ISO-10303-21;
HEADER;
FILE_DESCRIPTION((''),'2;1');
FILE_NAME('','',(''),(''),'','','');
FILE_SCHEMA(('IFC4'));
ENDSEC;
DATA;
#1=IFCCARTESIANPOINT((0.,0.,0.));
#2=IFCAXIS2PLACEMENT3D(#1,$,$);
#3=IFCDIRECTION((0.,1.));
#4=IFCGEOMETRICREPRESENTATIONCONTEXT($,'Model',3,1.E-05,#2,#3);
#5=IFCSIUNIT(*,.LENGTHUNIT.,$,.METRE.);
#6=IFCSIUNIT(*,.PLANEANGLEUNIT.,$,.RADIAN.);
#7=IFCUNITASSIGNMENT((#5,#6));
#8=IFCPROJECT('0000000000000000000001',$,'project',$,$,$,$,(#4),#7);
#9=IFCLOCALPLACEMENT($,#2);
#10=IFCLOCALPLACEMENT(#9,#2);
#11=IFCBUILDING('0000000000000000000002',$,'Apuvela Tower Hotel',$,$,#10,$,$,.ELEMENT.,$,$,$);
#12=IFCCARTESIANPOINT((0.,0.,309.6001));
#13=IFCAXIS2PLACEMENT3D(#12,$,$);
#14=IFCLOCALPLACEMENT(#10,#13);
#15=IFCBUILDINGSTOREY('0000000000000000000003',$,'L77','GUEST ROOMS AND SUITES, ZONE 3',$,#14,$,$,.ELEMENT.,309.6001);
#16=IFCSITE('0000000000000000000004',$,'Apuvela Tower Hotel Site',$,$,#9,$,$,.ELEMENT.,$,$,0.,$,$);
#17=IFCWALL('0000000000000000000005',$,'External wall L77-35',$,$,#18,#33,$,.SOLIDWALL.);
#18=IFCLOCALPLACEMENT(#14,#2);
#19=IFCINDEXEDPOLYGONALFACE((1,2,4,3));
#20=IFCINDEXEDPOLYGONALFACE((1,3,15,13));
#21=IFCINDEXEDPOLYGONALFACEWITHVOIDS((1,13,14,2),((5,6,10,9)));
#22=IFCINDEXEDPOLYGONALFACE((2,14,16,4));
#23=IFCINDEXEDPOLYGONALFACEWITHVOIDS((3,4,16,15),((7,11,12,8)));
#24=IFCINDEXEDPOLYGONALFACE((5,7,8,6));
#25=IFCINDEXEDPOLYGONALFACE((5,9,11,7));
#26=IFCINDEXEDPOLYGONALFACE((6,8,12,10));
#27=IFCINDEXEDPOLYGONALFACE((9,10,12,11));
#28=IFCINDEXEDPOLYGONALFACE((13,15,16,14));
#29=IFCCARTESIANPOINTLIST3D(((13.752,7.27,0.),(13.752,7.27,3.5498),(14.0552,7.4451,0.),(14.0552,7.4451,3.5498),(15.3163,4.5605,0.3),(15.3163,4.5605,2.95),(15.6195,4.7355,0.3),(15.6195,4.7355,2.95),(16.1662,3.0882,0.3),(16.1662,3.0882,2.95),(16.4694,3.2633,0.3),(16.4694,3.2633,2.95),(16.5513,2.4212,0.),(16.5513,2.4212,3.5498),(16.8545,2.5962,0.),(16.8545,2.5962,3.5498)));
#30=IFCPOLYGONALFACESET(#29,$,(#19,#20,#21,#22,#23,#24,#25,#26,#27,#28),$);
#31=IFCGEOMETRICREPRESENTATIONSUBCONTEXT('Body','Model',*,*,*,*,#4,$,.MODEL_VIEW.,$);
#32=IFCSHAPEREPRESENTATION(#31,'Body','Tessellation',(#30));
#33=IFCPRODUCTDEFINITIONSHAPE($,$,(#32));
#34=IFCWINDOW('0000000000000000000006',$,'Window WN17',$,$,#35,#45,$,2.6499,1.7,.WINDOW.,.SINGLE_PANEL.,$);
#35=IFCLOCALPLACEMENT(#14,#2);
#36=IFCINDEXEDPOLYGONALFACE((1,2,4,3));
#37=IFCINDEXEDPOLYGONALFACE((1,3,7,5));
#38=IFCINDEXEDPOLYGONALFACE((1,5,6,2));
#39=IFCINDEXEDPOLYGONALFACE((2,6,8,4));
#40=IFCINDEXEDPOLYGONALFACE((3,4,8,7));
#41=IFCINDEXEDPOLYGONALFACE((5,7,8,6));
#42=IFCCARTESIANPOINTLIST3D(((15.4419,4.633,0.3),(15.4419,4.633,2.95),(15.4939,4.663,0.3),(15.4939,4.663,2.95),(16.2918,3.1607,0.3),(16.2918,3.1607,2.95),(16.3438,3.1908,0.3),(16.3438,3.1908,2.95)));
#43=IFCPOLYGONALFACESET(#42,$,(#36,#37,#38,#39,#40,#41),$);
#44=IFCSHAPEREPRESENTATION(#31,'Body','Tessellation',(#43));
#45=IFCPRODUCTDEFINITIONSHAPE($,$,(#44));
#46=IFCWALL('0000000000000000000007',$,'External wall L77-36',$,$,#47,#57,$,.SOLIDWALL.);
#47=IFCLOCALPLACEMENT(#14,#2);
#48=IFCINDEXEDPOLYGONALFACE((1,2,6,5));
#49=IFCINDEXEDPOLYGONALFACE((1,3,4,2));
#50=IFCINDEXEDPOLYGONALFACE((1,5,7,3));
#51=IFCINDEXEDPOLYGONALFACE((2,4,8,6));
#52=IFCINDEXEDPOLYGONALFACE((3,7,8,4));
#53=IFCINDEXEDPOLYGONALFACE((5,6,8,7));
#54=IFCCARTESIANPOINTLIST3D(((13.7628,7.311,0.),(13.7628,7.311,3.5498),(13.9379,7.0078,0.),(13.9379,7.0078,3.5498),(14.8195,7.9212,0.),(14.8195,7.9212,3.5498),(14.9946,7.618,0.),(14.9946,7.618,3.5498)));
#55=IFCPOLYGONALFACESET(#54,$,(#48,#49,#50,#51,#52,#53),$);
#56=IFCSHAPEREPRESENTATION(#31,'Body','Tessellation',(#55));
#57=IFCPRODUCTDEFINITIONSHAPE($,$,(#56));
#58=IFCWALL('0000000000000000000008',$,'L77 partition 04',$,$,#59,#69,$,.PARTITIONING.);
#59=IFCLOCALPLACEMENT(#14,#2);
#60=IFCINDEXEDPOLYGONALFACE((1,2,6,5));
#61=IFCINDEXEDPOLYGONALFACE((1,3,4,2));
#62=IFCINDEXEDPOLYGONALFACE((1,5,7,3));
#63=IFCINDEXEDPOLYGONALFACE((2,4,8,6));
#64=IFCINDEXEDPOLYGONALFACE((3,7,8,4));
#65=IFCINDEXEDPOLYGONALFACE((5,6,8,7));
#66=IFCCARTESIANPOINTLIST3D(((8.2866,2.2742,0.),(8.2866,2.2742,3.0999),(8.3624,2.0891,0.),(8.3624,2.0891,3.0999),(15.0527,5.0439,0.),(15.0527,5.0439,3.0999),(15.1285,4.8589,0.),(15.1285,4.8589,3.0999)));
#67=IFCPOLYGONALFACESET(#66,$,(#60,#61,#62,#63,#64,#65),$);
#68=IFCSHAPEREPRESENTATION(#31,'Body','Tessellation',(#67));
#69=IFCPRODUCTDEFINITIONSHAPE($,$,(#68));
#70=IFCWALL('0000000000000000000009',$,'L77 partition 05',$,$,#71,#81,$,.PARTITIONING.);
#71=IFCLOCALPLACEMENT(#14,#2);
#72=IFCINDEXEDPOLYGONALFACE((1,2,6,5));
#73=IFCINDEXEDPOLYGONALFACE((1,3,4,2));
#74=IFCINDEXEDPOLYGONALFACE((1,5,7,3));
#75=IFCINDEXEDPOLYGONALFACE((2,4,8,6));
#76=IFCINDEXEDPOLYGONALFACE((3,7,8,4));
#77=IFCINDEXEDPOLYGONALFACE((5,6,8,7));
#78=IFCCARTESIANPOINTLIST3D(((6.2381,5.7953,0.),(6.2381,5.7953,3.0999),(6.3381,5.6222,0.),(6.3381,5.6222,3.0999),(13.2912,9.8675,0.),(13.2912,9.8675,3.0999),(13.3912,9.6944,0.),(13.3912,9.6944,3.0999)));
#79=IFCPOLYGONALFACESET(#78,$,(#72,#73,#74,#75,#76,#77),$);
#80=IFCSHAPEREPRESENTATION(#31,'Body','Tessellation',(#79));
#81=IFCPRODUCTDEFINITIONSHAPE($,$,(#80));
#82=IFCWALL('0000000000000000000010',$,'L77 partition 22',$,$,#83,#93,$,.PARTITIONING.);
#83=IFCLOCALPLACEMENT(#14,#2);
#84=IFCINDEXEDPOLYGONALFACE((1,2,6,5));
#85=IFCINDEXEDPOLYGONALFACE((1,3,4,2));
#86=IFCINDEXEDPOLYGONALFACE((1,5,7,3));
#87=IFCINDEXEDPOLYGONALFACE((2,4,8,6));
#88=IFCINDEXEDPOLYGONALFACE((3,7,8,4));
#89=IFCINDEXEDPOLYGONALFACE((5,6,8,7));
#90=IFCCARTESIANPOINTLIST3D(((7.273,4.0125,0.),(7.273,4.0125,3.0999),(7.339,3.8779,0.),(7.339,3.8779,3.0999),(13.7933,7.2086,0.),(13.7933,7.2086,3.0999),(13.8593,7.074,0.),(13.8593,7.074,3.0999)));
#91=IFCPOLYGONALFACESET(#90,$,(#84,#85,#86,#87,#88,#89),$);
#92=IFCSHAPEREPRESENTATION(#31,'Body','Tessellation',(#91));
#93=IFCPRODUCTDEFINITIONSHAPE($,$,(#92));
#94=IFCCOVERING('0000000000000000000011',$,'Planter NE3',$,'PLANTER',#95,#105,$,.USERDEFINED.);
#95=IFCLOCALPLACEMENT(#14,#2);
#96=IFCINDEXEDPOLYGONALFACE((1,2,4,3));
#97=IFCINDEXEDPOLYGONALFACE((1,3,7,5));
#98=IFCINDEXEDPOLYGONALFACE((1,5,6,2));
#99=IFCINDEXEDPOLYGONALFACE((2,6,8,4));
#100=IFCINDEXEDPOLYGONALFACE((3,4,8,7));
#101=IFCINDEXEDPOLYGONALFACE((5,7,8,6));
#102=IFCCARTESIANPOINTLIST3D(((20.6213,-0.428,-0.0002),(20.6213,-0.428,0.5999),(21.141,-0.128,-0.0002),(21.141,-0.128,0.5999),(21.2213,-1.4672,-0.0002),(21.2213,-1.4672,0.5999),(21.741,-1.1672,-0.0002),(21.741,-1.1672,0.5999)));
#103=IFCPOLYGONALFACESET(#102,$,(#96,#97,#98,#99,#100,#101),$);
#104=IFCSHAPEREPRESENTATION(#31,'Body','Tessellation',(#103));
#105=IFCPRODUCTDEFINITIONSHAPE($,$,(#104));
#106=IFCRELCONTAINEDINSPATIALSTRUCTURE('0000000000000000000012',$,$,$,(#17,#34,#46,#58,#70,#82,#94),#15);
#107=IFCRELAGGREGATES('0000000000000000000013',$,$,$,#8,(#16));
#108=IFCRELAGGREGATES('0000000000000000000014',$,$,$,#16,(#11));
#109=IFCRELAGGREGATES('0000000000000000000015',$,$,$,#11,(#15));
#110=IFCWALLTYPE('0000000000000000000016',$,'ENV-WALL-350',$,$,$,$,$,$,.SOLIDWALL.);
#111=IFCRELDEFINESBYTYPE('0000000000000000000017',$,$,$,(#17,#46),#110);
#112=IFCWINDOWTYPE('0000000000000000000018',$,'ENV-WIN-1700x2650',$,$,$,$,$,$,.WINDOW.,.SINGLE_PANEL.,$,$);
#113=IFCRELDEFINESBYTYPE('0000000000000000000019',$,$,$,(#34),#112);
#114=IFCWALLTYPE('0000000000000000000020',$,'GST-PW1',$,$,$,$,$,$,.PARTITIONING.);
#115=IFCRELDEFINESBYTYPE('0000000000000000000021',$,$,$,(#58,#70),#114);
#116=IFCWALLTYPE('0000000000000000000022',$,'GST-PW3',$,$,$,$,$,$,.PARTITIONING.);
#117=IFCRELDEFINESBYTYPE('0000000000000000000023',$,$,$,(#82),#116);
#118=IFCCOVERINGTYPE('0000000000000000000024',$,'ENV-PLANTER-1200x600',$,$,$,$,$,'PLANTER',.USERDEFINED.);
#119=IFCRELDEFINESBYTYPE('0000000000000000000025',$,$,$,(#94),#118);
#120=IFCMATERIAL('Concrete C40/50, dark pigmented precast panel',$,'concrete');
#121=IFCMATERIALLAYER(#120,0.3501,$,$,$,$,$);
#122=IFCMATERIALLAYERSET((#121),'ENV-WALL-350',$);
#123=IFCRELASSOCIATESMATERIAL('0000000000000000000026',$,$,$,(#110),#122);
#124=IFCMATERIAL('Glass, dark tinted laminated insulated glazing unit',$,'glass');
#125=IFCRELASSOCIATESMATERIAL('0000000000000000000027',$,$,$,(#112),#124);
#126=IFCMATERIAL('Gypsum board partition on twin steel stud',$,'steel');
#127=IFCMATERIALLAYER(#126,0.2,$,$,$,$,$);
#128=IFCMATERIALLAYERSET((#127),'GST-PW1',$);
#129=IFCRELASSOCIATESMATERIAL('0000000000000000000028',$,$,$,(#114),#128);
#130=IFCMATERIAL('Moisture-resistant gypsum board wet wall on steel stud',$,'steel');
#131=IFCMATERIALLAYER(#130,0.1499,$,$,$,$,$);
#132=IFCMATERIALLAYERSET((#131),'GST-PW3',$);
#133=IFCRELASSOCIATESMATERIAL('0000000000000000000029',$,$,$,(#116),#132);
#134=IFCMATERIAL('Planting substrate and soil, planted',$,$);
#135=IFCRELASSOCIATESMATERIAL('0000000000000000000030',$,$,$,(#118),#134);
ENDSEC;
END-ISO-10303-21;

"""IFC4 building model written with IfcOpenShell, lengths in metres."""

from ifc_helpers import new_model, si_unit, direction, frame, frame_2d, origin, origin_2d, place, context, subcontext, project, spatial, rectangle, extrude, material, layer, layer_set, type_object, element, fill, save


model = new_model("IFC4")

# Units and contexts
model_context = context("Model", 3, precision=1e-05, world=origin(), true_north=direction((0.0, 1.0)))
body_context = subcontext(model_context, "Body", "Model", "MODEL_VIEW")
ifc_project = project(units=[si_unit("LENGTHUNIT", "METRE"), si_unit("PLANEANGLEUNIT", "RADIAN")], contexts=[model_context])

# Site, building, storey
site_placement = place(None, origin())
site = spatial("IfcSite", under=ifc_project, at=site_placement, Name="Apuvela Tower Hotel Site", CompositionType="ELEMENT", RefElevation=0.0)
building_placement = place(site_placement, origin())
building = spatial("IfcBuilding", under=site, at=building_placement, Name="Apuvela Tower Hotel", CompositionType="ELEMENT")
storey_placement = place(building_placement, frame((0.0, 0.0, 309.6001)))
storey = spatial("IfcBuildingStorey", under=building, at=storey_placement, Name="L77", Description="GUEST ROOMS AND SUITES, ZONE 3", CompositionType="ELEMENT", Elevation=309.6001)

# Shared definitions
ifc_material_1 = material(Name="Concrete C40/50, dark pigmented precast panel", Category="concrete")
ifc_layer_1 = layer(ifc_material_1, 0.3501)
ifc_layer_set_1 = layer_set([ifc_layer_1], Name="ENV-WALL-350")
wall_type_1 = type_object("IfcWallType", Name="ENV-WALL-350", PredefinedType="SOLIDWALL", material=ifc_layer_set_1)

# Wall, opening, window
wall_1_placement = place(storey_placement, frame((16.7029, 2.5088, 0.0), z_axis=(0.0, 0.0, 1.0), x_axis=(-0.499975, 0.86604, 0.0)))
wall_1 = element("IfcWall", 1, at=wall_1_placement, inside=storey, type_object=wall_type_1, Name="External wall L77-35", PredefinedType="SOLIDWALL", context=body_context, shape_type="SweptSolid", body=[
    extrude(rectangle(XDim=5.5989, YDim=0.3501, at=frame_2d((2.7993, 0.0))), origin(), (0.0, 0.0, 1.0), 3.5498),
])
opening_1_placement = place(wall_1_placement, frame((0.77, 0.0, 0.3)))
opening_1 = element("IfcOpeningElement", 2, at=opening_1_placement, cuts=wall_1, PredefinedType="OPENING", context=body_context, shape_type="SweptSolid", body=[
    extrude(rectangle(XDim=1.7, YDim=2.6499, at=frame_2d((0.8501, 1.325))), frame((0.0, 0.1851, 0.0), z_axis=(0.0, -1.0, 0.0), x_axis=(1.0, 0.0, 0.0)), (0.0, 0.0, 1.0), 0.3701),
])
ifc_material_2 = material(Name="Glass, dark tinted laminated insulated glazing unit", Category="glass")
window_type_1 = type_object("IfcWindowType", Name="ENV-WIN-1700x2650", PartitioningType="SINGLE_PANEL", PredefinedType="WINDOW", material=ifc_material_2)
window_1_placement = place(opening_1_placement, origin())
window_1 = element("IfcWindow", 3, at=window_1_placement, inside=storey, type_object=window_type_1, Name="Window WN17", OverallHeight=2.6499, OverallWidth=1.7, PartitioningType="SINGLE_PANEL", PredefinedType="WINDOW", context=body_context, shape_type="SweptSolid", body=[
    extrude(rectangle(XDim=1.7, YDim=2.6499, at=frame_2d((0.8501, 1.325))), frame((0.0, 0.03, 0.0), z_axis=(0.0, -1.0, 0.0), x_axis=(1.0, 0.0, 0.0)), (0.0, 0.0, 1.0), 0.0601),
])
fill(opening_1, window_1)

# Wall
wall_2_placement = place(storey_placement, frame((13.8503, 7.1594, 0.0), z_axis=(0.0, 0.0, 1.0), x_axis=(0.866006, 0.500034, 0.0)))
element("IfcWall", 4, at=wall_2_placement, inside=storey, type_object=wall_type_1, Name="External wall L77-36", PredefinedType="SOLIDWALL", context=body_context, shape_type="SweptSolid", body=[
    extrude(rectangle(XDim=1.2202, YDim=0.3501, at=frame_2d((0.6101, 0.0))), origin(), (0.0, 0.0, 1.0), 3.5498),
])

# Walls
ifc_material_3 = material(Name="Gypsum board partition on twin steel stud", Category="steel")
ifc_layer_2 = layer(ifc_material_3, 0.2)
ifc_layer_set_2 = layer_set([ifc_layer_2], Name="GST-PW1")
wall_type_2 = type_object("IfcWallType", Name="GST-PW1", PredefinedType="PARTITIONING", material=ifc_layer_set_2)
wall_3_placement = place(storey_placement, frame((15.0906, 4.9514, 0.0), z_axis=(0.0, 0.0, 1.0), x_axis=(-0.92546, -0.378846, 0.0)))
element("IfcWall", 5, at=wall_3_placement, inside=storey, type_object=wall_type_2, Name="L77 partition 04", PredefinedType="PARTITIONING", context=body_context, shape_type="SweptSolid", body=[
    extrude(rectangle(XDim=7.311, YDim=0.2, at=frame_2d((3.6555, 0.0))), origin(), (0.0, 0.0, 1.0), 3.0999),
])
wall_4_placement = place(storey_placement, frame((13.3413, 9.781, 0.0), z_axis=(0.0, 0.0, 1.0), x_axis=(-0.866021, -0.500008, 0.0)))
element("IfcWall", 6, at=wall_4_placement, inside=storey, type_object=wall_type_2, Name="L77 partition 05", PredefinedType="PARTITIONING", context=body_context, shape_type="SweptSolid", body=[
    extrude(rectangle(XDim=8.1443, YDim=0.2, at=frame_2d((4.0723, 0.0))), origin(), (0.0, 0.0, 1.0), 3.0999),
])
ifc_material_4 = material(Name="Moisture-resistant gypsum board wet wall on steel stud", Category="steel")
ifc_layer_3 = layer(ifc_material_4, 0.1499)
ifc_layer_set_3 = layer_set([ifc_layer_3], Name="GST-PW3")
wall_type_3 = type_object("IfcWallType", Name="GST-PW3", PredefinedType="PARTITIONING", material=ifc_layer_set_3)
wall_5_placement = place(storey_placement, frame((13.8264, 7.1414, 0.0), z_axis=(0.0, 0.0, 1.0), x_axis=(-0.89793, -0.440139, 0.0)))
element("IfcWall", 7, at=wall_5_placement, inside=storey, type_object=wall_type_3, Name="L77 partition 22", PredefinedType="PARTITIONING", context=body_context, shape_type="SweptSolid", body=[
    extrude(rectangle(XDim=7.2615, YDim=0.1499, at=frame_2d((3.6309, 0.0))), origin(), (0.0, 0.0, 1.0), 3.0999),
])

# Covering
ifc_material_5 = material(Name="Planting substrate and soil, planted")
covering_type = type_object("IfcCoveringType", Name="ENV-PLANTER-1200x600", ElementType="PLANTER", PredefinedType="USERDEFINED", material=ifc_material_5)
covering_placement = place(storey_placement, frame((21.1812, -0.7976, -0.0002), z_axis=(0.0, 0.0, 1.0), x_axis=(-0.5, 0.866025, 0.0)))
element("IfcCovering", 8, at=covering_placement, inside=storey, type_object=covering_type, Name="Planter NE3", ObjectType="PLANTER", PredefinedType="USERDEFINED", context=body_context, shape_type="SweptSolid", body=[
    extrude(rectangle(XDim=1.2, YDim=0.6001, at=origin_2d()), origin(), (0.0, 0.0, 1.0), 0.6001),
])

save(model, "model.ifc")
